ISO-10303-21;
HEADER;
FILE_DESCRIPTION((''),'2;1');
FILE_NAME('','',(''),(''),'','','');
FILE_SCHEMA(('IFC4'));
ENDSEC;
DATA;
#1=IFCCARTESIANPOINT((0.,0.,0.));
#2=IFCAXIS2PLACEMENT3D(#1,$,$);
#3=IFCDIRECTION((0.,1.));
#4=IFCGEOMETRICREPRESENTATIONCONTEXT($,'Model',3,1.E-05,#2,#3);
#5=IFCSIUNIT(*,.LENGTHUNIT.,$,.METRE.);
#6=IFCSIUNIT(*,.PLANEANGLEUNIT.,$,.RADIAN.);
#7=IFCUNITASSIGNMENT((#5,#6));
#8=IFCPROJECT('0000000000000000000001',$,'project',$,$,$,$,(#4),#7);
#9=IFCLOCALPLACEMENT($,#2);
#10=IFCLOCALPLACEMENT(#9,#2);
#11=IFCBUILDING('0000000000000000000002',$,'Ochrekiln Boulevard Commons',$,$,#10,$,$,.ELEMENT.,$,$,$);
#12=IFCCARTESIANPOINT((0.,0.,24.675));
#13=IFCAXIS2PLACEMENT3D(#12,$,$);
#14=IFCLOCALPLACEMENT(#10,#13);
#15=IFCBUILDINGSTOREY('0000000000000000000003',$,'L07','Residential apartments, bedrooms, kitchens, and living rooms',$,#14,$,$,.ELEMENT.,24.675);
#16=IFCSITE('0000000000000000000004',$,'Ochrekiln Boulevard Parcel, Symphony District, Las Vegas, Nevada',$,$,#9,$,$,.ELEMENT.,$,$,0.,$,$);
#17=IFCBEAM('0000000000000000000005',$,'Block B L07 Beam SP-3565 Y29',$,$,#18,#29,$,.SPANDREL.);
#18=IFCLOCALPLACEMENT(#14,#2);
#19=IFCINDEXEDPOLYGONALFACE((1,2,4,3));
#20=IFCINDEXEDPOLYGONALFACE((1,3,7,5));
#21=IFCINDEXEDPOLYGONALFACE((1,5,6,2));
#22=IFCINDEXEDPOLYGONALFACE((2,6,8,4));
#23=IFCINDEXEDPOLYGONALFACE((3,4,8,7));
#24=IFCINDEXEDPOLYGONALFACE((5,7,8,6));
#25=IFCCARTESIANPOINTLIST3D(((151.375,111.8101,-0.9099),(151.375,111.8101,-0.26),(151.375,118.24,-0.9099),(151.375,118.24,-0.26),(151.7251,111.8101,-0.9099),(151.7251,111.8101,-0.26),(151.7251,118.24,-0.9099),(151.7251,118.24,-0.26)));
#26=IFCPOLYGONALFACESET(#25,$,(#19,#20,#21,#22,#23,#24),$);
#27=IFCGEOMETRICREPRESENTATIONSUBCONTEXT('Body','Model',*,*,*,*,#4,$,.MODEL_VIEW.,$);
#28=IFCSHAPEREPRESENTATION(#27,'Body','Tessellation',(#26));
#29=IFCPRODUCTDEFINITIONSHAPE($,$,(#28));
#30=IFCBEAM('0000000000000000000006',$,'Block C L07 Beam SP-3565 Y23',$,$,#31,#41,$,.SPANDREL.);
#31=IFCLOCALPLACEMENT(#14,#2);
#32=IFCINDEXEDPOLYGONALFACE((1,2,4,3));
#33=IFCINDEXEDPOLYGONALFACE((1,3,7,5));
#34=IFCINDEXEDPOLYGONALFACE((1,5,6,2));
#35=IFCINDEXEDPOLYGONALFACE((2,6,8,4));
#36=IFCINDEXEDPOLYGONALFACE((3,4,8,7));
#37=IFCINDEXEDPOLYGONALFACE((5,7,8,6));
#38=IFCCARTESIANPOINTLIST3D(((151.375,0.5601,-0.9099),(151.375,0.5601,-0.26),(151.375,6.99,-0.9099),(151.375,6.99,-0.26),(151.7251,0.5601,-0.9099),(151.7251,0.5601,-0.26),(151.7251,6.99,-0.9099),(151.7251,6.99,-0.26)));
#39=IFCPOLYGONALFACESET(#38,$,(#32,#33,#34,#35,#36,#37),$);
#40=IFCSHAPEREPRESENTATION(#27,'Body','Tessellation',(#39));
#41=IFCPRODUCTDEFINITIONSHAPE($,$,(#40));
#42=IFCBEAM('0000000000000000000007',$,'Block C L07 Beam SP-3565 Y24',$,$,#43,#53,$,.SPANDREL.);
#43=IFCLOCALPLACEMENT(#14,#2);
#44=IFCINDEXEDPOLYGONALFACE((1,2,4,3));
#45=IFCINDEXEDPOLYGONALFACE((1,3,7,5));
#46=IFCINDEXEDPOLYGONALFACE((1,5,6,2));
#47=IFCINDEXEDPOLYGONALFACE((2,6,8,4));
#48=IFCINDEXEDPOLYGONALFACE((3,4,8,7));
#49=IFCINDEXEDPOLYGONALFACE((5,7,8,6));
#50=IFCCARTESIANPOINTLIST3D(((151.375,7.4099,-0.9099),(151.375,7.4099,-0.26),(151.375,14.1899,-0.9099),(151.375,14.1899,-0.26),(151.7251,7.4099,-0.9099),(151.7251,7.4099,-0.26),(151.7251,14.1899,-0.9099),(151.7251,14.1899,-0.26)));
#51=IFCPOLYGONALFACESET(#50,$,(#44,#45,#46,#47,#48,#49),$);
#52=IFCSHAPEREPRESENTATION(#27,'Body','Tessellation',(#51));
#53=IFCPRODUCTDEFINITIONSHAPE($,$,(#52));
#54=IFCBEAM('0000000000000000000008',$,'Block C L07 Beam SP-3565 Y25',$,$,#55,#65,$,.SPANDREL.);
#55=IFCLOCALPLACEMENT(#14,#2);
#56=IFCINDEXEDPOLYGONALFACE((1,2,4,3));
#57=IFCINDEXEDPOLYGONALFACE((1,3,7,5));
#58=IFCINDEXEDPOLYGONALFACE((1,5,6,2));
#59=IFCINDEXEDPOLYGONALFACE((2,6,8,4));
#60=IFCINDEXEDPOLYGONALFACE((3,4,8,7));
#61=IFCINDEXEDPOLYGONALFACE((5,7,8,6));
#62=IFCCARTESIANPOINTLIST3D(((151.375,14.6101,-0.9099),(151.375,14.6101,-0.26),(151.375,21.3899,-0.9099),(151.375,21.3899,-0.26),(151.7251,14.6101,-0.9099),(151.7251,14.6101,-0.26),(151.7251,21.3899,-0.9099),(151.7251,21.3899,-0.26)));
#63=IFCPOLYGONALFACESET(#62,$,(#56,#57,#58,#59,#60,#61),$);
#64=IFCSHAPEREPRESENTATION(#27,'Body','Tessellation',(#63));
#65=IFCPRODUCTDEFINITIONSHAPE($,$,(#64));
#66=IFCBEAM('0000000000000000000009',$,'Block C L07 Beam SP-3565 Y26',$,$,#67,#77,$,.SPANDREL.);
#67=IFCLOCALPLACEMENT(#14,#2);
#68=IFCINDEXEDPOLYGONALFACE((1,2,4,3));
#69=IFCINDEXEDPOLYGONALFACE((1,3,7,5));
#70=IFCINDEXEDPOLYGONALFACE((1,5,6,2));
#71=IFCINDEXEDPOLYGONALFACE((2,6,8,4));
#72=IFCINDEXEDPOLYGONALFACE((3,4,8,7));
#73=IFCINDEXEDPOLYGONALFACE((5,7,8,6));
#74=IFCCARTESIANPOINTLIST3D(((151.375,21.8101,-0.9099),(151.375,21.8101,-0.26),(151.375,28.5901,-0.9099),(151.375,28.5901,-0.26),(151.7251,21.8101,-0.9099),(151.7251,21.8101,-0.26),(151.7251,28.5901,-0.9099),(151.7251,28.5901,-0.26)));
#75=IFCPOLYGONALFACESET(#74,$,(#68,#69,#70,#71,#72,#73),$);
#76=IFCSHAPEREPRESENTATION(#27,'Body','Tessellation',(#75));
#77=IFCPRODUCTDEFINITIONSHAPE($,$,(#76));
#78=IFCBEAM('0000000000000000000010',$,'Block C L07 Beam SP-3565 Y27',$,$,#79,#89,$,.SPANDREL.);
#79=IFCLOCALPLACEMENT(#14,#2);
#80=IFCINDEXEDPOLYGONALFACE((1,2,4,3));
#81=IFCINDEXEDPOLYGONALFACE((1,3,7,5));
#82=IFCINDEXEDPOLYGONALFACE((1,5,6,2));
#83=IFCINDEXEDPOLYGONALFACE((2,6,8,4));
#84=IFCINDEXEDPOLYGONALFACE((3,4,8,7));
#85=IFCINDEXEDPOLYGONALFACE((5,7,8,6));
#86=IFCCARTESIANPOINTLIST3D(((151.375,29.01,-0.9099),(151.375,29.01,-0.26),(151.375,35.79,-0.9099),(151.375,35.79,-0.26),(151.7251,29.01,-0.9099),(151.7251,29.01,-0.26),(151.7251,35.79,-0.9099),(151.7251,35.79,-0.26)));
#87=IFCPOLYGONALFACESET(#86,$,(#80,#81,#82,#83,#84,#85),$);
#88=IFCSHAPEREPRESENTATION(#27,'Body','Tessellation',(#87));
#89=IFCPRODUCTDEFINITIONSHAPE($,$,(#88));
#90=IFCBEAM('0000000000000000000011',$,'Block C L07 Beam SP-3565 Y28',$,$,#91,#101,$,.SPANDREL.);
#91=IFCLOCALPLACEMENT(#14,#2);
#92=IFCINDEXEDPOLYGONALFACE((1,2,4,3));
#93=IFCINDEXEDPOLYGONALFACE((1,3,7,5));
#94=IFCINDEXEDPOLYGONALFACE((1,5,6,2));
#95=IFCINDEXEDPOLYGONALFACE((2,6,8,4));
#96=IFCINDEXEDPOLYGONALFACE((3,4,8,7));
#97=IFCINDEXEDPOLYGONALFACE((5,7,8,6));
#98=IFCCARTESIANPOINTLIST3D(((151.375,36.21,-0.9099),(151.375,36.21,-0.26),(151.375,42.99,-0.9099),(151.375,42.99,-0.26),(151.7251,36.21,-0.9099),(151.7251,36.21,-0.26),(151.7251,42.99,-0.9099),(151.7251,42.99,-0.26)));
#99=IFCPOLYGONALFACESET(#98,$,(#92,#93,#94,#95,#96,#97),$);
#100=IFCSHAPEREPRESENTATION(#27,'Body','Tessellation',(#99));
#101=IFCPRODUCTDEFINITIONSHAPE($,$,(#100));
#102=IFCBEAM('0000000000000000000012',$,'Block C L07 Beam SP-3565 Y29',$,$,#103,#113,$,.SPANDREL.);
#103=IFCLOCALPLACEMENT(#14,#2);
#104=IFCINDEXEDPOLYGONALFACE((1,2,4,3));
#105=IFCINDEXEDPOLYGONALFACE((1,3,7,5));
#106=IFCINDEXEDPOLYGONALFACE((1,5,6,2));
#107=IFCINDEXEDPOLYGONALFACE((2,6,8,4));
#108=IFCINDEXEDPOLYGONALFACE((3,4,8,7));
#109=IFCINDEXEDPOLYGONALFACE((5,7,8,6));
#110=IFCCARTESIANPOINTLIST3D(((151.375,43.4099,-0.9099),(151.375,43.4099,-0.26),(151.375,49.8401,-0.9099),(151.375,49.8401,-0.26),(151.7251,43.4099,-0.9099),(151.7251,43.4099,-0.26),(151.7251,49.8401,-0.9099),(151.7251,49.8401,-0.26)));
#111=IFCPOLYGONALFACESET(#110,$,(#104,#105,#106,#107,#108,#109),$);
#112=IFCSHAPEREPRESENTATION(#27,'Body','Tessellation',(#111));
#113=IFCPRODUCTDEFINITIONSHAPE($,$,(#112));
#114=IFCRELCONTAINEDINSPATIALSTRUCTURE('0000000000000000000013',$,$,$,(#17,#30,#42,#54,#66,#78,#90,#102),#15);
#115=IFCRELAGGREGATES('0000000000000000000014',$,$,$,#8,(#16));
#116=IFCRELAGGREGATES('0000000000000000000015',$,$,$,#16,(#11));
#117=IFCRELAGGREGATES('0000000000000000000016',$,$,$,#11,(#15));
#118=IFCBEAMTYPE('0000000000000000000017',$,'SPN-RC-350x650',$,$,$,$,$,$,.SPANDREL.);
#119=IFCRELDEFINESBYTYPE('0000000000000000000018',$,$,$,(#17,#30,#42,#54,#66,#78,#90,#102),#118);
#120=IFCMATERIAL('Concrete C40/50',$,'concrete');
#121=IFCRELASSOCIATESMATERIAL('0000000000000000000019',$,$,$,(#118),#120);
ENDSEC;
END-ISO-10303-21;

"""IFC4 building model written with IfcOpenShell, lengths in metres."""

from ifc_helpers import new_model, si_unit, direction, frame, origin, origin_2d, place, context, subcontext, project, spatial, rectangle, extrude, material, material_profile, profile_set, type_object, element, save


model = new_model("IFC4")

# Units and contexts
model_context = context("Model", 3, precision=1e-05, world=origin(), true_north=direction((0.0, 1.0)))
body_context = subcontext(model_context, "Body", "Model", "MODEL_VIEW")
ifc_project = project(units=[si_unit("LENGTHUNIT", "METRE"), si_unit("PLANEANGLEUNIT", "RADIAN")], contexts=[model_context])

# Site, building, storey
site_placement = place(None, origin())
site = spatial("IfcSite", under=ifc_project, at=site_placement, Name="Ochrekiln Boulevard Parcel, Symphony District, Las Vegas, Nevada", CompositionType="ELEMENT", RefElevation=0.0)
building_placement = place(site_placement, origin())
building = spatial("IfcBuilding", under=site, at=building_placement, Name="Ochrekiln Boulevard Commons", CompositionType="ELEMENT")
storey_placement = place(building_placement, frame((0.0, 0.0, 24.675)))
storey = spatial("IfcBuildingStorey", under=building, at=storey_placement, Name="L07", Description="Residential apartments, bedrooms, kitchens, and living rooms", CompositionType="ELEMENT", Elevation=24.675)

# Beams
ifc_material_1 = material(Name="Concrete C40/50", Category="concrete")
ifc_material_profile_1 = material_profile(ifc_material_1, rectangle(XDim=0.3501, YDim=0.6499, at=origin_2d()), Name="RC-SPN-350x650")
ifc_profile_set_1 = profile_set([ifc_material_profile_1], Name="Concrete C40/50")
beam_type_1 = type_object("IfcBeamType", Name="SPN-RC-350x650", PredefinedType="SPANDREL", material=ifc_profile_set_1)
for number, where, z_axis, x_axis, name in (
    (1, (151.55, 111.8101, -0.585), (0.0, 1.0, 0.0), (-1.0, 0.0, 0.0), "Block B L07 Beam SP-3565 Y29"),
    (2, (151.55, 0.5601, -0.585), (0.0, 1.0, 0.0), (-1.0, 0.0, 0.0), "Block C L07 Beam SP-3565 Y23"),
):
    element("IfcBeam", number, at=place(storey_placement, frame(where, z_axis=z_axis, x_axis=x_axis)), inside=storey, type_object=beam_type_1, Name=name, PredefinedType="SPANDREL", context=body_context, shape_type="SweptSolid", body=[
        extrude(rectangle(XDim=0.3501, YDim=0.6499, at=origin_2d()), origin(), (0.0, 0.0, 1.0), 6.4299),
    ])
beam_1_placement = place(storey_placement, frame((151.55, 7.4099, -0.585), z_axis=(0.0, 1.0, 0.0), x_axis=(-1.0, 0.0, 0.0)))
element("IfcBeam", 3, at=beam_1_placement, inside=storey, type_object=beam_type_1, Name="Block C L07 Beam SP-3565 Y24", PredefinedType="SPANDREL", context=body_context, shape_type="SweptSolid", body=[
    extrude(rectangle(XDim=0.3501, YDim=0.6499, at=origin_2d()), origin(), (0.0, 0.0, 1.0), 6.78),
])
beam_2_placement = place(storey_placement, frame((151.55, 14.6101, -0.585), z_axis=(0.0, 1.0, 0.0), x_axis=(-1.0, 0.0, 0.0)))
element("IfcBeam", 4, at=beam_2_placement, inside=storey, type_object=beam_type_1, Name="Block C L07 Beam SP-3565 Y25", PredefinedType="SPANDREL", context=body_context, shape_type="SweptSolid", body=[
    extrude(rectangle(XDim=0.3501, YDim=0.6499, at=origin_2d()), origin(), (0.0, 0.0, 1.0), 6.7798),
])
for number, where, z_axis, x_axis, name in (
    (5, (151.55, 21.8101, -0.585), (0.0, 1.0, 0.0), (-1.0, 0.0, 0.0), "Block C L07 Beam SP-3565 Y26"),
    (6, (151.55, 29.01, -0.585), (0.0, 1.0, 0.0), (-1.0, 0.0, 0.0), "Block C L07 Beam SP-3565 Y27"),
    (7, (151.55, 36.21, -0.585), (0.0, 1.0, 0.0), (-1.0, 0.0, 0.0), "Block C L07 Beam SP-3565 Y28"),
):
    element("IfcBeam", number, at=place(storey_placement, frame(where, z_axis=z_axis, x_axis=x_axis)), inside=storey, type_object=beam_type_1, Name=name, PredefinedType="SPANDREL", context=body_context, shape_type="SweptSolid", body=[
        extrude(rectangle(XDim=0.3501, YDim=0.6499, at=origin_2d()), origin(), (0.0, 0.0, 1.0), 6.78),
    ])
beam_3_placement = place(storey_placement, frame((151.55, 43.4099, -0.585), z_axis=(0.0, 1.0, 0.0), x_axis=(-1.0, 0.0, 0.0)))
element("IfcBeam", 8, at=beam_3_placement, inside=storey, type_object=beam_type_1, Name="Block C L07 Beam SP-3565 Y29", PredefinedType="SPANDREL", context=body_context, shape_type="SweptSolid", body=[
    extrude(rectangle(XDim=0.3501, YDim=0.6499, at=origin_2d()), origin(), (0.0, 0.0, 1.0), 6.4302),
])

save(model, "model.ifc")
